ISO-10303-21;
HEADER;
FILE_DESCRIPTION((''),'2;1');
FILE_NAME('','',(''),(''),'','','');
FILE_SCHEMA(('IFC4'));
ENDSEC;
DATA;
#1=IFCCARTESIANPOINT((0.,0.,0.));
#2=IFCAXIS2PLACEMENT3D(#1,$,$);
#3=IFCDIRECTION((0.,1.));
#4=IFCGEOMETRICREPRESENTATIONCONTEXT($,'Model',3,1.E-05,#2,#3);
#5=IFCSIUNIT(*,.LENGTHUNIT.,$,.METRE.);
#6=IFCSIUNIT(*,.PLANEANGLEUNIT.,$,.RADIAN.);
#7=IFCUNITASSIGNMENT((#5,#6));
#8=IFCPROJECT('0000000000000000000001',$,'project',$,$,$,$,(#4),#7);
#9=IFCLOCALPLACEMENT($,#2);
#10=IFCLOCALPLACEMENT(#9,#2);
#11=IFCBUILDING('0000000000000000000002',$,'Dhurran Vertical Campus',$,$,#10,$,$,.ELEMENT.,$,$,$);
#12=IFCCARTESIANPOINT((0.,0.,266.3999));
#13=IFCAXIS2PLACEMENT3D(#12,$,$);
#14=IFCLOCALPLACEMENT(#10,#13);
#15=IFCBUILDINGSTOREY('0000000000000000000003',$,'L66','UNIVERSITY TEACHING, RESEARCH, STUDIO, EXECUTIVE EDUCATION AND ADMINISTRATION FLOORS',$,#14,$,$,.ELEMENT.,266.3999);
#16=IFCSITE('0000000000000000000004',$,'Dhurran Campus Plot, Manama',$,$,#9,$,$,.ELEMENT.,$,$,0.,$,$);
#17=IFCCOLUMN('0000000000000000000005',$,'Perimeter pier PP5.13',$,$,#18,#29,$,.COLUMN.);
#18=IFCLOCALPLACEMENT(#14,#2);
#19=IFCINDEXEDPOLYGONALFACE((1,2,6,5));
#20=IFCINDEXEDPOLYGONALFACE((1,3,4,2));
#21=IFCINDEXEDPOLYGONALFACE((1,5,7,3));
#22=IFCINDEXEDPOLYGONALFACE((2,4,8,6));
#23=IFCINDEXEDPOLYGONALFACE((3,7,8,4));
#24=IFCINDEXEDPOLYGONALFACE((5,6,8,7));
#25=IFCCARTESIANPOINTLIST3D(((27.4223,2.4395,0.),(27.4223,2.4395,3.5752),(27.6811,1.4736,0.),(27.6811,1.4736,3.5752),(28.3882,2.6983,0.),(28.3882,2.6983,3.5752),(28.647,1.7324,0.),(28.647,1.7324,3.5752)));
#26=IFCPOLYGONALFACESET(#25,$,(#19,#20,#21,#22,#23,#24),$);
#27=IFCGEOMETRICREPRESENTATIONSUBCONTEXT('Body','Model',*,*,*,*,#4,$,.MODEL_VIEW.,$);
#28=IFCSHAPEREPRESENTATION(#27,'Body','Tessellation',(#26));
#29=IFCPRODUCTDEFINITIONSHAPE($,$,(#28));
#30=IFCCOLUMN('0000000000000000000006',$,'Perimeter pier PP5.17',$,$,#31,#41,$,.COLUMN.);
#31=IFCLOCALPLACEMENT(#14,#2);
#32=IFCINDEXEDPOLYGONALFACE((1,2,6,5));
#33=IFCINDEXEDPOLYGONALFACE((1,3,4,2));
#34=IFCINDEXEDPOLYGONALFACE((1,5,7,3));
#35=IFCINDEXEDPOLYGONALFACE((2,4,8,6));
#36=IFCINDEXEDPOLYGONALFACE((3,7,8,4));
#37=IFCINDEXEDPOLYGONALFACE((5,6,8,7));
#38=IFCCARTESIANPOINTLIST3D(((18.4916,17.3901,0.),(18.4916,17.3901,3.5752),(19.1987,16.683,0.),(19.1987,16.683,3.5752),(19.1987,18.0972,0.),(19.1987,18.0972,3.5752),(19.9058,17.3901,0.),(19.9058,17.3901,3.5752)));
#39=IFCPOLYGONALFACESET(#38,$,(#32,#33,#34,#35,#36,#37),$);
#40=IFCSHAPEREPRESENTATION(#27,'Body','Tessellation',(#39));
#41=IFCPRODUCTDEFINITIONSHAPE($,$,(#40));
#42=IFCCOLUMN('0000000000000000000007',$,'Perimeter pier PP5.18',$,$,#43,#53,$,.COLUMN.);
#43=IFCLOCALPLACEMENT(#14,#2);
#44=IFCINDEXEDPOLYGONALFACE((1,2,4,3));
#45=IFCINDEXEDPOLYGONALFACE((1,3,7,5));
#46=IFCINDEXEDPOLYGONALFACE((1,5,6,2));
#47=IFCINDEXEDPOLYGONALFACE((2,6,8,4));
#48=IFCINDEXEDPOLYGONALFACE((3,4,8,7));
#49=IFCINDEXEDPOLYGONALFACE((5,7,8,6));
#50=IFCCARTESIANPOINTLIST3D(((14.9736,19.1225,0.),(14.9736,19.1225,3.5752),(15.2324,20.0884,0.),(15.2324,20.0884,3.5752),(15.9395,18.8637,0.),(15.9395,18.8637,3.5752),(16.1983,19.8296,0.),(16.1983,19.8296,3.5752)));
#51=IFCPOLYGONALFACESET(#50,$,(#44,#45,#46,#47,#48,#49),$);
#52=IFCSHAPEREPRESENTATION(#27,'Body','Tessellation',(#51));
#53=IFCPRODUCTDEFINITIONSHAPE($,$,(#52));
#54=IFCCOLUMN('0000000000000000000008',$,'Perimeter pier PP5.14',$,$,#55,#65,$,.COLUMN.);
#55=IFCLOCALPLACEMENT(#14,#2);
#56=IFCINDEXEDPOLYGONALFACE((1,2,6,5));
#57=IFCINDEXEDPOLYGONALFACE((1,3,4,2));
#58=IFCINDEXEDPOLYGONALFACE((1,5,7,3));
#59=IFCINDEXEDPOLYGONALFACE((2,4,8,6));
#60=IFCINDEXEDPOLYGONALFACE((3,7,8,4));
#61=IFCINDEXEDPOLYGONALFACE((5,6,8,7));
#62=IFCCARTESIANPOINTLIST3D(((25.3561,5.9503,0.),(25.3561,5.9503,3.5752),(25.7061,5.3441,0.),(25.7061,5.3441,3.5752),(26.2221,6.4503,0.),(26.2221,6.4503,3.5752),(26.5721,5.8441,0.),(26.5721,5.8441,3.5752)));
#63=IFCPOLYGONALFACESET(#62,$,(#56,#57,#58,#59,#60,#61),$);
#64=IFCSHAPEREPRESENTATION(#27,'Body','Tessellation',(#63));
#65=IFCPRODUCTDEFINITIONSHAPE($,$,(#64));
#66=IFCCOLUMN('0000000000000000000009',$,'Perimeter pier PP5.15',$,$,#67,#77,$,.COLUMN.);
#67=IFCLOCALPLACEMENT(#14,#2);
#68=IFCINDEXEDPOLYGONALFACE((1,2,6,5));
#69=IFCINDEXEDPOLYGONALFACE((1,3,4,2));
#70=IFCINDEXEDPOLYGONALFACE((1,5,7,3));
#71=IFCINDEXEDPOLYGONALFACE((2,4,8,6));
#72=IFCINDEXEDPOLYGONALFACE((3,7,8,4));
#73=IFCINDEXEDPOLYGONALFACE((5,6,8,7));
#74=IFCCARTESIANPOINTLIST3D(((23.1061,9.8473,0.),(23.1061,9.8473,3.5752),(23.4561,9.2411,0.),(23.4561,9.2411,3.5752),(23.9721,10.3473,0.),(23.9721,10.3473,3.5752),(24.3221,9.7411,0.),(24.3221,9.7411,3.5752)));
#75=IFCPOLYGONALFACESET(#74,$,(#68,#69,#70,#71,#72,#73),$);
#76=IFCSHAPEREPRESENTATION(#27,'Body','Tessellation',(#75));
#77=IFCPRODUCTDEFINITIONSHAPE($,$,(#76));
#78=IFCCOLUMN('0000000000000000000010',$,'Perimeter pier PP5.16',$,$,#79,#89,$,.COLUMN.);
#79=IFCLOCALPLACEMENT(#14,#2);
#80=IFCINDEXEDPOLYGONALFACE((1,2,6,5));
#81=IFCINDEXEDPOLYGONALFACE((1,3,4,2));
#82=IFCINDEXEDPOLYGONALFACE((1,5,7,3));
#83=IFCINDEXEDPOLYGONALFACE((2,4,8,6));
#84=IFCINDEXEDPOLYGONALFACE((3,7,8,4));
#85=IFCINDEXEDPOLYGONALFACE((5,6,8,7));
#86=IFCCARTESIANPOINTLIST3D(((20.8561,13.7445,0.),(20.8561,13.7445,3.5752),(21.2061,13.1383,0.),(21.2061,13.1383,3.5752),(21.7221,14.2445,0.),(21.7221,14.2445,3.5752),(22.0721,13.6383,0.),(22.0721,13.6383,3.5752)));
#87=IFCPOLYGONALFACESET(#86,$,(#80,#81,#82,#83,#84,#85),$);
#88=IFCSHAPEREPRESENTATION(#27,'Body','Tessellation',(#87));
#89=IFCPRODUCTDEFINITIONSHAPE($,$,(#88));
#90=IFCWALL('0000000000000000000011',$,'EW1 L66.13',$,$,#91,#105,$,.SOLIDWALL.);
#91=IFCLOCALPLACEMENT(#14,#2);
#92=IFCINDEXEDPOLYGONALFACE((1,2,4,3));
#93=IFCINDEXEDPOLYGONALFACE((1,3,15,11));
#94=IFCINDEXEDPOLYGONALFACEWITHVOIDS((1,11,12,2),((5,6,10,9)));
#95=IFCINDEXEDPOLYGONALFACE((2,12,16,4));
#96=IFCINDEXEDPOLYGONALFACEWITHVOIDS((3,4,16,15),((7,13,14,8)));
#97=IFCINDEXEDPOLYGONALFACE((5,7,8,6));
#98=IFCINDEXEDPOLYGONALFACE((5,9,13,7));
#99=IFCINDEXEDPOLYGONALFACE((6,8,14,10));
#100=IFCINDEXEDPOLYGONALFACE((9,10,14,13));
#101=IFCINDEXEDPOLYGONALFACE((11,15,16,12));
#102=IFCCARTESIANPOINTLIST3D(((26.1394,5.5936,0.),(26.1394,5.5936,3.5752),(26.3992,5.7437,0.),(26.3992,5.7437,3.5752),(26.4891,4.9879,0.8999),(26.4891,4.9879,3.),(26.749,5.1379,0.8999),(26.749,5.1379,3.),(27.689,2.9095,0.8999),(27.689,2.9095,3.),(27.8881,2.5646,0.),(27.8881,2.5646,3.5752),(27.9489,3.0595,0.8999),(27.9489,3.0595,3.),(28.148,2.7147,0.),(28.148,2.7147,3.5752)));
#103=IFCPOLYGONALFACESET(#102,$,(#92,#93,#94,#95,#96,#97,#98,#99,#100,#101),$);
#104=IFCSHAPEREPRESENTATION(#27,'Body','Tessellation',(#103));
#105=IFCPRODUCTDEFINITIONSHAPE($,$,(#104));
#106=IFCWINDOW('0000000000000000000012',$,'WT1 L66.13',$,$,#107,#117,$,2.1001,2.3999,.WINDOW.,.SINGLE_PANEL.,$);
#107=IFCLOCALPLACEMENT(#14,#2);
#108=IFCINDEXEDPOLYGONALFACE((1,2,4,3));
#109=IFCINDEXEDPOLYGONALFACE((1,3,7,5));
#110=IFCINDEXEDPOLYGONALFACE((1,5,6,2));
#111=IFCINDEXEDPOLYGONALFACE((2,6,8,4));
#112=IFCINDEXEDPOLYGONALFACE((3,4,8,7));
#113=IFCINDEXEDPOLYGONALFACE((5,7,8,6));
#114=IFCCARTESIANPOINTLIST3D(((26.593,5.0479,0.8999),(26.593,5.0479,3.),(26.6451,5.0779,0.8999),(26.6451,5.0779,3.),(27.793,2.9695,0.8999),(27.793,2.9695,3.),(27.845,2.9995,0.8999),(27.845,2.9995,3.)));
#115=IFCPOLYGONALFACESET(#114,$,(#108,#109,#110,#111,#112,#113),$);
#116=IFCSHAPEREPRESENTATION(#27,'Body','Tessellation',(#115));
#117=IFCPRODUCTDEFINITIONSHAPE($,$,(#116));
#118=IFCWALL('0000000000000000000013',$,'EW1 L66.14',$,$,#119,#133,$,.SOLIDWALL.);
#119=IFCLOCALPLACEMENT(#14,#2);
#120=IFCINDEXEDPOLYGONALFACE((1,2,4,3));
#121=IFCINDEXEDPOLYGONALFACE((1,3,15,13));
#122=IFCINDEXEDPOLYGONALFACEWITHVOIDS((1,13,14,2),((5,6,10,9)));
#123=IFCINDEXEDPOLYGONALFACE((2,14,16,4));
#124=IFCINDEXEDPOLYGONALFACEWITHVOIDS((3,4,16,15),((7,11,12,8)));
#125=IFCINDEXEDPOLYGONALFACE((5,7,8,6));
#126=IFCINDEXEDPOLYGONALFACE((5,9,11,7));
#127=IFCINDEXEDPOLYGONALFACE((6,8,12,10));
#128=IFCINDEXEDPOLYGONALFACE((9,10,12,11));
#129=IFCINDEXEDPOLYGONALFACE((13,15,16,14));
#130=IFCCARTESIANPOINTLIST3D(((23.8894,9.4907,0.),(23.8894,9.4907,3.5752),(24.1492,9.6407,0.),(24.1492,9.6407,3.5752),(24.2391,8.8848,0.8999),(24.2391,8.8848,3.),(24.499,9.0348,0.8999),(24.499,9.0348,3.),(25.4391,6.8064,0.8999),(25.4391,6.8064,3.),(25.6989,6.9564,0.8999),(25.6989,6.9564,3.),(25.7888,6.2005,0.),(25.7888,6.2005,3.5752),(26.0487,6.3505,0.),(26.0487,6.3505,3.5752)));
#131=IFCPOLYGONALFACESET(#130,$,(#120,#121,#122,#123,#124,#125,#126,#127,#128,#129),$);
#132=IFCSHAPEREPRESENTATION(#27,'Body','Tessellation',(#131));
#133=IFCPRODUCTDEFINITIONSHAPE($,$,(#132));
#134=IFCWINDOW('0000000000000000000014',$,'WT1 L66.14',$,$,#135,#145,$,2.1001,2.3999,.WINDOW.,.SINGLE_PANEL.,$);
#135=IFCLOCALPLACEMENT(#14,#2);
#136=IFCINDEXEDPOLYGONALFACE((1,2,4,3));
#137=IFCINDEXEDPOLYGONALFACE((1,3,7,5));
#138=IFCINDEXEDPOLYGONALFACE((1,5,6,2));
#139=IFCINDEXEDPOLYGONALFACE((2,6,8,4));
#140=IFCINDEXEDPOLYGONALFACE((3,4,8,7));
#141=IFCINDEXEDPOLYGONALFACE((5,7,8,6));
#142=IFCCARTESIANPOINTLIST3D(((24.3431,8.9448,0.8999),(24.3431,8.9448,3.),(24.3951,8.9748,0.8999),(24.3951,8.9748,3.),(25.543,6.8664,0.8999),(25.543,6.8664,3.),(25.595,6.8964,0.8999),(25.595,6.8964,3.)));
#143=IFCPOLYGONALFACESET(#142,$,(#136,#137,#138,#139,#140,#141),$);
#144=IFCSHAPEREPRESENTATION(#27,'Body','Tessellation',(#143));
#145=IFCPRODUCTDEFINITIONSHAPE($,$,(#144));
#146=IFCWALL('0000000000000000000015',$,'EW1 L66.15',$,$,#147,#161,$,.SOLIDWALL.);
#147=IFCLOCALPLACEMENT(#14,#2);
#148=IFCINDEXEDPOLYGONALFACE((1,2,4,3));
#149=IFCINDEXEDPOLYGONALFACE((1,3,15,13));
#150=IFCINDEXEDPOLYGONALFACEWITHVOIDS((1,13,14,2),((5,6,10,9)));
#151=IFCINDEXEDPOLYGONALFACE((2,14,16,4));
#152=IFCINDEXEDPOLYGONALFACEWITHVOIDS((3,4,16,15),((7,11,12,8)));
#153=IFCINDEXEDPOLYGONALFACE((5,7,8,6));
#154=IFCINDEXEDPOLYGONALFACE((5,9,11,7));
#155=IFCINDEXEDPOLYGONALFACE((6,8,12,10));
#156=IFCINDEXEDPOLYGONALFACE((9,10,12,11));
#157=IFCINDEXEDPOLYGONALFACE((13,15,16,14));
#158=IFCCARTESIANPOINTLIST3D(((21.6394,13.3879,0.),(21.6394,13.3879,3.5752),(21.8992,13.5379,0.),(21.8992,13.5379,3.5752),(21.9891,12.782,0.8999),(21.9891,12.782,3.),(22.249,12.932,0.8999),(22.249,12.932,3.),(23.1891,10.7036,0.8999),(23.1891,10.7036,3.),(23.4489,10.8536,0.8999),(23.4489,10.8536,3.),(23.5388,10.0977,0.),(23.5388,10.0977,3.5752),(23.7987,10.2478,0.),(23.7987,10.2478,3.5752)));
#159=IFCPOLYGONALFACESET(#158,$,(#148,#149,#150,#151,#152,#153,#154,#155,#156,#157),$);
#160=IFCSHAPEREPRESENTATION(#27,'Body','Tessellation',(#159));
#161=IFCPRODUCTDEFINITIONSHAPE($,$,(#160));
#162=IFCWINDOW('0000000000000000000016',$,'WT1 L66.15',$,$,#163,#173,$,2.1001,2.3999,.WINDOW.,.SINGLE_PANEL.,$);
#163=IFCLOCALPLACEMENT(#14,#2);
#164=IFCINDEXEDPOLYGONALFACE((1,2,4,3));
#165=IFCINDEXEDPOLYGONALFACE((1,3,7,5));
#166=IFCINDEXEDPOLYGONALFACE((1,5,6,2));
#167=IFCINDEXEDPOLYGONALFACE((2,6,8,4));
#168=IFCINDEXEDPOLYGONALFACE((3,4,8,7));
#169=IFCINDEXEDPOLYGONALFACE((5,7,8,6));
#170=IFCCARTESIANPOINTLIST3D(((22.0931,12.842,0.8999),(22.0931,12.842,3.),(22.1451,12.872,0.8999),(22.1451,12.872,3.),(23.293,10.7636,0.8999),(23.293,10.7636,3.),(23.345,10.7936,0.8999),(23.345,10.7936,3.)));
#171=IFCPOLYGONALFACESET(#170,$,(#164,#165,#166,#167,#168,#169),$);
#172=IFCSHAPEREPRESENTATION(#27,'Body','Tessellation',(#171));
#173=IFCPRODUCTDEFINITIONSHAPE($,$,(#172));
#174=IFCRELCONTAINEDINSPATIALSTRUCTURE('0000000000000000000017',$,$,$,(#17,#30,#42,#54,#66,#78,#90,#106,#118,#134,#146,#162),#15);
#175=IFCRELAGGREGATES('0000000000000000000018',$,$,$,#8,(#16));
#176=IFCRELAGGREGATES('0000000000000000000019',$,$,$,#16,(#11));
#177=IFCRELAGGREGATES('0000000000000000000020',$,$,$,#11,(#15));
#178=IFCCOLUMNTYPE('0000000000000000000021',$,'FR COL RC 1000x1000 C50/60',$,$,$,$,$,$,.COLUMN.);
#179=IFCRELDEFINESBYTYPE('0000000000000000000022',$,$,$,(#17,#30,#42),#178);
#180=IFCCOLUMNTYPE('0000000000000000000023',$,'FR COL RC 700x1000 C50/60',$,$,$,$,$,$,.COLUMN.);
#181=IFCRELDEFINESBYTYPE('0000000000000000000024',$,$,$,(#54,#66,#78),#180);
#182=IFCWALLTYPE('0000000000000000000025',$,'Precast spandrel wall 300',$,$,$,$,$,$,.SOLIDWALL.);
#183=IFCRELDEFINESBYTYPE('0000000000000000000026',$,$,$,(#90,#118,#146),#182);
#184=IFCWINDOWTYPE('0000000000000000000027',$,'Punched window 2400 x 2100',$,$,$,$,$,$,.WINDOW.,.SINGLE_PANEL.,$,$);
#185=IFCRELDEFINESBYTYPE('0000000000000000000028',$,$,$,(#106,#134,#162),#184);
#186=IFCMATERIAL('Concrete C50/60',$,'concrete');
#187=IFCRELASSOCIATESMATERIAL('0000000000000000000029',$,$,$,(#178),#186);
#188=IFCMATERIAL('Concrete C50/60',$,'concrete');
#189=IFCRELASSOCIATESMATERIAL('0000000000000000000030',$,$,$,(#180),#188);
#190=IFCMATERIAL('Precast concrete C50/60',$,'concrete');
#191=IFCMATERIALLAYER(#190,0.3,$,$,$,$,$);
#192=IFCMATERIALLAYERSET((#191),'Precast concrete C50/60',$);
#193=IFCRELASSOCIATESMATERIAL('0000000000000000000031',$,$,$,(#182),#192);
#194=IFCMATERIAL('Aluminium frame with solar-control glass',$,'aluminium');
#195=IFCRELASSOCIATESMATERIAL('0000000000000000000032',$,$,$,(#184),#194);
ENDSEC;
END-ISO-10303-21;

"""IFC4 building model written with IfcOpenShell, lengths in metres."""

from ifc_helpers import new_model, si_unit, direction, frame, frame_2d, origin, origin_2d, place, context, subcontext, project, spatial, rectangle, extrude, material, layer, layer_set, material_profile, profile_set, type_object, element, fill, save


model = new_model("IFC4")

# Units and contexts
model_context = context("Model", 3, precision=1e-05, world=origin(), true_north=direction((0.0, 1.0)))
body_context = subcontext(model_context, "Body", "Model", "MODEL_VIEW")
ifc_project = project(units=[si_unit("LENGTHUNIT", "METRE"), si_unit("PLANEANGLEUNIT", "RADIAN")], contexts=[model_context])

# Site, building, storey
site_placement = place(None, origin())
site = spatial("IfcSite", under=ifc_project, at=site_placement, Name="Dhurran Campus Plot, Manama", CompositionType="ELEMENT", RefElevation=0.0)
building_placement = place(site_placement, origin())
building = spatial("IfcBuilding", under=site, at=building_placement, Name="Dhurran Vertical Campus", CompositionType="ELEMENT")
storey_placement = place(building_placement, frame((0.0, 0.0, 266.3999)))
storey = spatial("IfcBuildingStorey", under=building, at=storey_placement, Name="L66", Description="UNIVERSITY TEACHING, RESEARCH, STUDIO, EXECUTIVE EDUCATION AND ADMINISTRATION FLOORS", CompositionType="ELEMENT", Elevation=266.3999)

# Columns
ifc_material_1 = material(Name="Concrete C50/60", Category="concrete")
ifc_material_profile_1 = material_profile(ifc_material_1, rectangle(XDim=1.0, YDim=1.0, at=origin_2d()), Name="RC 1000x1000")
ifc_profile_set_1 = profile_set([ifc_material_profile_1], Name="Concrete C50/60")
column_type_1 = type_object("IfcColumnType", Name="FR COL RC 1000x1000 C50/60", PredefinedType="COLUMN", material=ifc_profile_set_1)
for number, where, z_axis, x_axis, name in (
    (1, (28.0347, 2.0859, 0.0), (0.0, 0.0, 1.0), (-0.258819, 0.965926, 0.0), "Perimeter pier PP5.13"),
    (2, (19.1987, 17.3901, 0.0), (0.0, 0.0, 1.0), (-0.707107, 0.707107, 0.0), "Perimeter pier PP5.17"),
    (3, (15.5859, 19.4761, 0.0), (0.0, 0.0, 1.0), (-0.965926, 0.258819, 0.0), "Perimeter pier PP5.18"),
):
    element("IfcColumn", number, at=place(storey_placement, frame(where, z_axis=z_axis, x_axis=x_axis)), inside=storey, type_object=column_type_1, Name=name, PredefinedType="COLUMN", context=body_context, shape_type="SweptSolid", body=[
        extrude(rectangle(XDim=1.0, YDim=1.0, at=origin_2d()), origin(), (0.0, 0.0, 1.0), 3.5752),
    ])
ifc_material_2 = material(Name="Concrete C50/60", Category="concrete")
ifc_material_profile_2 = material_profile(ifc_material_2, rectangle(XDim=0.7, YDim=1.0, at=origin_2d()), Name="RC 700x1000")
ifc_profile_set_2 = profile_set([ifc_material_profile_2], Name="Concrete C50/60")
column_type_2 = type_object("IfcColumnType", Name="FR COL RC 700x1000 C50/60", PredefinedType="COLUMN", material=ifc_profile_set_2)
for number, where, z_axis, x_axis, name in (
    (4, (25.9641, 5.8972, 0.0), (0.0, 0.0, 1.0), (-0.5, 0.866025, 0.0), "Perimeter pier PP5.14"),
    (5, (23.7141, 9.7942, 0.0), (0.0, 0.0, 1.0), (-0.5, 0.866025, 0.0), "Perimeter pier PP5.15"),
    (6, (21.4641, 13.6914, 0.0), (0.0, 0.0, 1.0), (-0.5, 0.866025, 0.0), "Perimeter pier PP5.16"),
):
    element("IfcColumn", number, at=place(storey_placement, frame(where, z_axis=z_axis, x_axis=x_axis)), inside=storey, type_object=column_type_2, Name=name, PredefinedType="COLUMN", context=body_context, shape_type="SweptSolid", body=[
        extrude(rectangle(XDim=0.7, YDim=1.0, at=origin_2d()), origin(), (0.0, 0.0, 1.0), 3.5752),
    ])

# Walls, openings, windows
ifc_material_3 = material(Name="Precast concrete C50/60", Category="concrete")
ifc_layer_1 = layer(ifc_material_3, 0.3)
ifc_layer_set_1 = layer_set([ifc_layer_1], Name="Precast concrete C50/60")
wall_type_1 = type_object("IfcWallType", Name="Precast spandrel wall 300", PredefinedType="SOLIDWALL", material=ifc_layer_set_1)
wall_1_placement = place(storey_placement, frame((28.0181, 2.6396, 0.0), z_axis=(0.0, 0.0, 1.0), x_axis=(-0.49999, 0.866031, 0.0)))
wall_1 = element("IfcWall", 7, at=wall_1_placement, inside=storey, type_object=wall_type_1, Name="EW1 L66.13", PredefinedType="SOLIDWALL", context=body_context, shape_type="SweptSolid", body=[
    extrude(rectangle(XDim=3.4976, YDim=0.3, at=frame_2d((1.7488, 0.0))), origin(), (0.0, 0.0, 1.0), 3.5752),
])
opening_1_placement = place(wall_1_placement, frame((0.3982, 0.0, 0.8999)))
opening_1 = element("IfcOpeningElement", 8, at=opening_1_placement, cuts=wall_1, PredefinedType="OPENING", context=body_context, shape_type="SweptSolid", body=[
    extrude(rectangle(XDim=2.3999, YDim=2.1001, at=frame_2d((1.2, 1.05))), frame((0.0, 0.1599, 0.0), z_axis=(0.0, -1.0, 0.0), x_axis=(1.0, 0.0, 0.0)), (0.0, 0.0, 1.0), 0.3201),
])
ifc_material_4 = material(Name="Aluminium frame with solar-control glass", Category="aluminium")
window_type = type_object("IfcWindowType", Name="Punched window 2400 x 2100", PartitioningType="SINGLE_PANEL", PredefinedType="WINDOW", material=ifc_material_4)
window_1_placement = place(opening_1_placement, origin())
window_1 = element("IfcWindow", 9, at=window_1_placement, inside=storey, type_object=window_type, Name="WT1 L66.13", OverallHeight=2.1001, OverallWidth=2.3999, PartitioningType="SINGLE_PANEL", PredefinedType="WINDOW", context=body_context, shape_type="SweptSolid", body=[
    extrude(rectangle(XDim=2.3999, YDim=2.1001, at=frame_2d((1.2, 1.05))), frame((0.0, 0.03, 0.0), z_axis=(0.0, -1.0, 0.0), x_axis=(1.0, 0.0, 0.0)), (0.0, 0.0, 1.0), 0.0601),
])
fill(opening_1, window_1)
wall_2_placement = place(storey_placement, frame((25.9187, 6.2756, 0.0), z_axis=(0.0, 0.0, 1.0), x_axis=(-0.499982, 0.866036, 0.0)))
wall_2 = element("IfcWall", 10, at=wall_2_placement, inside=storey, type_object=wall_type_1, Name="EW1 L66.14", PredefinedType="SOLIDWALL", context=body_context, shape_type="SweptSolid", body=[
    extrude(rectangle(XDim=3.7991, YDim=0.3, at=frame_2d((1.8994, 0.0))), origin(), (0.0, 0.0, 1.0), 3.5752),
])
opening_2_placement = place(wall_2_placement, frame((0.6995, 0.0, 0.8999)))
opening_2 = element("IfcOpeningElement", 11, at=opening_2_placement, cuts=wall_2, PredefinedType="OPENING", context=body_context, shape_type="SweptSolid", body=[
    extrude(rectangle(XDim=2.3999, YDim=2.1001, at=frame_2d((1.2, 1.05))), frame((0.0, 0.1599, 0.0), z_axis=(0.0, -1.0, 0.0), x_axis=(1.0, 0.0, 0.0)), (0.0, 0.0, 1.0), 0.3201),
])
window_2_placement = place(opening_2_placement, origin())
window_2 = element("IfcWindow", 12, at=window_2_placement, inside=storey, type_object=window_type, Name="WT1 L66.14", OverallHeight=2.1001, OverallWidth=2.3999, PartitioningType="SINGLE_PANEL", PredefinedType="WINDOW", context=body_context, shape_type="SweptSolid", body=[
    extrude(rectangle(XDim=2.3999, YDim=2.1001, at=frame_2d((1.2, 1.05))), frame((0.0, 0.03, 0.0), z_axis=(0.0, -1.0, 0.0), x_axis=(1.0, 0.0, 0.0)), (0.0, 0.0, 1.0), 0.0601),
])
fill(opening_2, window_2)
wall_3_placement = place(storey_placement, frame((23.6687, 10.1729, 0.0), z_axis=(0.0, 0.0, 1.0), x_axis=(-0.499982, 0.866036, 0.0)))
wall_3 = element("IfcWall", 13, at=wall_3_placement, inside=storey, type_object=wall_type_1, Name="EW1 L66.15", PredefinedType="SOLIDWALL", context=body_context, shape_type="SweptSolid", body=[
    extrude(rectangle(XDim=3.7991, YDim=0.3, at=frame_2d((1.8994, 0.0))), origin(), (0.0, 0.0, 1.0), 3.5752),
])
opening_3_placement = place(wall_3_placement, frame((0.6995, 0.0, 0.8999)))
opening_3 = element("IfcOpeningElement", 14, at=opening_3_placement, cuts=wall_3, PredefinedType="OPENING", context=body_context, shape_type="SweptSolid", body=[
    extrude(rectangle(XDim=2.3999, YDim=2.1001, at=frame_2d((1.2, 1.05))), frame((0.0, 0.1599, 0.0), z_axis=(0.0, -1.0, 0.0), x_axis=(1.0, 0.0, 0.0)), (0.0, 0.0, 1.0), 0.3201),
])
window_3_placement = place(opening_3_placement, origin())
window_3 = element("IfcWindow", 15, at=window_3_placement, inside=storey, type_object=window_type, Name="WT1 L66.15", OverallHeight=2.1001, OverallWidth=2.3999, PartitioningType="SINGLE_PANEL", PredefinedType="WINDOW", context=body_context, shape_type="SweptSolid", body=[
    extrude(rectangle(XDim=2.3999, YDim=2.1001, at=frame_2d((1.2, 1.05))), frame((0.0, 0.03, 0.0), z_axis=(0.0, -1.0, 0.0), x_axis=(1.0, 0.0, 0.0)), (0.0, 0.0, 1.0), 0.0601),
])
fill(opening_3, window_3)

save(model, "model.ifc")
